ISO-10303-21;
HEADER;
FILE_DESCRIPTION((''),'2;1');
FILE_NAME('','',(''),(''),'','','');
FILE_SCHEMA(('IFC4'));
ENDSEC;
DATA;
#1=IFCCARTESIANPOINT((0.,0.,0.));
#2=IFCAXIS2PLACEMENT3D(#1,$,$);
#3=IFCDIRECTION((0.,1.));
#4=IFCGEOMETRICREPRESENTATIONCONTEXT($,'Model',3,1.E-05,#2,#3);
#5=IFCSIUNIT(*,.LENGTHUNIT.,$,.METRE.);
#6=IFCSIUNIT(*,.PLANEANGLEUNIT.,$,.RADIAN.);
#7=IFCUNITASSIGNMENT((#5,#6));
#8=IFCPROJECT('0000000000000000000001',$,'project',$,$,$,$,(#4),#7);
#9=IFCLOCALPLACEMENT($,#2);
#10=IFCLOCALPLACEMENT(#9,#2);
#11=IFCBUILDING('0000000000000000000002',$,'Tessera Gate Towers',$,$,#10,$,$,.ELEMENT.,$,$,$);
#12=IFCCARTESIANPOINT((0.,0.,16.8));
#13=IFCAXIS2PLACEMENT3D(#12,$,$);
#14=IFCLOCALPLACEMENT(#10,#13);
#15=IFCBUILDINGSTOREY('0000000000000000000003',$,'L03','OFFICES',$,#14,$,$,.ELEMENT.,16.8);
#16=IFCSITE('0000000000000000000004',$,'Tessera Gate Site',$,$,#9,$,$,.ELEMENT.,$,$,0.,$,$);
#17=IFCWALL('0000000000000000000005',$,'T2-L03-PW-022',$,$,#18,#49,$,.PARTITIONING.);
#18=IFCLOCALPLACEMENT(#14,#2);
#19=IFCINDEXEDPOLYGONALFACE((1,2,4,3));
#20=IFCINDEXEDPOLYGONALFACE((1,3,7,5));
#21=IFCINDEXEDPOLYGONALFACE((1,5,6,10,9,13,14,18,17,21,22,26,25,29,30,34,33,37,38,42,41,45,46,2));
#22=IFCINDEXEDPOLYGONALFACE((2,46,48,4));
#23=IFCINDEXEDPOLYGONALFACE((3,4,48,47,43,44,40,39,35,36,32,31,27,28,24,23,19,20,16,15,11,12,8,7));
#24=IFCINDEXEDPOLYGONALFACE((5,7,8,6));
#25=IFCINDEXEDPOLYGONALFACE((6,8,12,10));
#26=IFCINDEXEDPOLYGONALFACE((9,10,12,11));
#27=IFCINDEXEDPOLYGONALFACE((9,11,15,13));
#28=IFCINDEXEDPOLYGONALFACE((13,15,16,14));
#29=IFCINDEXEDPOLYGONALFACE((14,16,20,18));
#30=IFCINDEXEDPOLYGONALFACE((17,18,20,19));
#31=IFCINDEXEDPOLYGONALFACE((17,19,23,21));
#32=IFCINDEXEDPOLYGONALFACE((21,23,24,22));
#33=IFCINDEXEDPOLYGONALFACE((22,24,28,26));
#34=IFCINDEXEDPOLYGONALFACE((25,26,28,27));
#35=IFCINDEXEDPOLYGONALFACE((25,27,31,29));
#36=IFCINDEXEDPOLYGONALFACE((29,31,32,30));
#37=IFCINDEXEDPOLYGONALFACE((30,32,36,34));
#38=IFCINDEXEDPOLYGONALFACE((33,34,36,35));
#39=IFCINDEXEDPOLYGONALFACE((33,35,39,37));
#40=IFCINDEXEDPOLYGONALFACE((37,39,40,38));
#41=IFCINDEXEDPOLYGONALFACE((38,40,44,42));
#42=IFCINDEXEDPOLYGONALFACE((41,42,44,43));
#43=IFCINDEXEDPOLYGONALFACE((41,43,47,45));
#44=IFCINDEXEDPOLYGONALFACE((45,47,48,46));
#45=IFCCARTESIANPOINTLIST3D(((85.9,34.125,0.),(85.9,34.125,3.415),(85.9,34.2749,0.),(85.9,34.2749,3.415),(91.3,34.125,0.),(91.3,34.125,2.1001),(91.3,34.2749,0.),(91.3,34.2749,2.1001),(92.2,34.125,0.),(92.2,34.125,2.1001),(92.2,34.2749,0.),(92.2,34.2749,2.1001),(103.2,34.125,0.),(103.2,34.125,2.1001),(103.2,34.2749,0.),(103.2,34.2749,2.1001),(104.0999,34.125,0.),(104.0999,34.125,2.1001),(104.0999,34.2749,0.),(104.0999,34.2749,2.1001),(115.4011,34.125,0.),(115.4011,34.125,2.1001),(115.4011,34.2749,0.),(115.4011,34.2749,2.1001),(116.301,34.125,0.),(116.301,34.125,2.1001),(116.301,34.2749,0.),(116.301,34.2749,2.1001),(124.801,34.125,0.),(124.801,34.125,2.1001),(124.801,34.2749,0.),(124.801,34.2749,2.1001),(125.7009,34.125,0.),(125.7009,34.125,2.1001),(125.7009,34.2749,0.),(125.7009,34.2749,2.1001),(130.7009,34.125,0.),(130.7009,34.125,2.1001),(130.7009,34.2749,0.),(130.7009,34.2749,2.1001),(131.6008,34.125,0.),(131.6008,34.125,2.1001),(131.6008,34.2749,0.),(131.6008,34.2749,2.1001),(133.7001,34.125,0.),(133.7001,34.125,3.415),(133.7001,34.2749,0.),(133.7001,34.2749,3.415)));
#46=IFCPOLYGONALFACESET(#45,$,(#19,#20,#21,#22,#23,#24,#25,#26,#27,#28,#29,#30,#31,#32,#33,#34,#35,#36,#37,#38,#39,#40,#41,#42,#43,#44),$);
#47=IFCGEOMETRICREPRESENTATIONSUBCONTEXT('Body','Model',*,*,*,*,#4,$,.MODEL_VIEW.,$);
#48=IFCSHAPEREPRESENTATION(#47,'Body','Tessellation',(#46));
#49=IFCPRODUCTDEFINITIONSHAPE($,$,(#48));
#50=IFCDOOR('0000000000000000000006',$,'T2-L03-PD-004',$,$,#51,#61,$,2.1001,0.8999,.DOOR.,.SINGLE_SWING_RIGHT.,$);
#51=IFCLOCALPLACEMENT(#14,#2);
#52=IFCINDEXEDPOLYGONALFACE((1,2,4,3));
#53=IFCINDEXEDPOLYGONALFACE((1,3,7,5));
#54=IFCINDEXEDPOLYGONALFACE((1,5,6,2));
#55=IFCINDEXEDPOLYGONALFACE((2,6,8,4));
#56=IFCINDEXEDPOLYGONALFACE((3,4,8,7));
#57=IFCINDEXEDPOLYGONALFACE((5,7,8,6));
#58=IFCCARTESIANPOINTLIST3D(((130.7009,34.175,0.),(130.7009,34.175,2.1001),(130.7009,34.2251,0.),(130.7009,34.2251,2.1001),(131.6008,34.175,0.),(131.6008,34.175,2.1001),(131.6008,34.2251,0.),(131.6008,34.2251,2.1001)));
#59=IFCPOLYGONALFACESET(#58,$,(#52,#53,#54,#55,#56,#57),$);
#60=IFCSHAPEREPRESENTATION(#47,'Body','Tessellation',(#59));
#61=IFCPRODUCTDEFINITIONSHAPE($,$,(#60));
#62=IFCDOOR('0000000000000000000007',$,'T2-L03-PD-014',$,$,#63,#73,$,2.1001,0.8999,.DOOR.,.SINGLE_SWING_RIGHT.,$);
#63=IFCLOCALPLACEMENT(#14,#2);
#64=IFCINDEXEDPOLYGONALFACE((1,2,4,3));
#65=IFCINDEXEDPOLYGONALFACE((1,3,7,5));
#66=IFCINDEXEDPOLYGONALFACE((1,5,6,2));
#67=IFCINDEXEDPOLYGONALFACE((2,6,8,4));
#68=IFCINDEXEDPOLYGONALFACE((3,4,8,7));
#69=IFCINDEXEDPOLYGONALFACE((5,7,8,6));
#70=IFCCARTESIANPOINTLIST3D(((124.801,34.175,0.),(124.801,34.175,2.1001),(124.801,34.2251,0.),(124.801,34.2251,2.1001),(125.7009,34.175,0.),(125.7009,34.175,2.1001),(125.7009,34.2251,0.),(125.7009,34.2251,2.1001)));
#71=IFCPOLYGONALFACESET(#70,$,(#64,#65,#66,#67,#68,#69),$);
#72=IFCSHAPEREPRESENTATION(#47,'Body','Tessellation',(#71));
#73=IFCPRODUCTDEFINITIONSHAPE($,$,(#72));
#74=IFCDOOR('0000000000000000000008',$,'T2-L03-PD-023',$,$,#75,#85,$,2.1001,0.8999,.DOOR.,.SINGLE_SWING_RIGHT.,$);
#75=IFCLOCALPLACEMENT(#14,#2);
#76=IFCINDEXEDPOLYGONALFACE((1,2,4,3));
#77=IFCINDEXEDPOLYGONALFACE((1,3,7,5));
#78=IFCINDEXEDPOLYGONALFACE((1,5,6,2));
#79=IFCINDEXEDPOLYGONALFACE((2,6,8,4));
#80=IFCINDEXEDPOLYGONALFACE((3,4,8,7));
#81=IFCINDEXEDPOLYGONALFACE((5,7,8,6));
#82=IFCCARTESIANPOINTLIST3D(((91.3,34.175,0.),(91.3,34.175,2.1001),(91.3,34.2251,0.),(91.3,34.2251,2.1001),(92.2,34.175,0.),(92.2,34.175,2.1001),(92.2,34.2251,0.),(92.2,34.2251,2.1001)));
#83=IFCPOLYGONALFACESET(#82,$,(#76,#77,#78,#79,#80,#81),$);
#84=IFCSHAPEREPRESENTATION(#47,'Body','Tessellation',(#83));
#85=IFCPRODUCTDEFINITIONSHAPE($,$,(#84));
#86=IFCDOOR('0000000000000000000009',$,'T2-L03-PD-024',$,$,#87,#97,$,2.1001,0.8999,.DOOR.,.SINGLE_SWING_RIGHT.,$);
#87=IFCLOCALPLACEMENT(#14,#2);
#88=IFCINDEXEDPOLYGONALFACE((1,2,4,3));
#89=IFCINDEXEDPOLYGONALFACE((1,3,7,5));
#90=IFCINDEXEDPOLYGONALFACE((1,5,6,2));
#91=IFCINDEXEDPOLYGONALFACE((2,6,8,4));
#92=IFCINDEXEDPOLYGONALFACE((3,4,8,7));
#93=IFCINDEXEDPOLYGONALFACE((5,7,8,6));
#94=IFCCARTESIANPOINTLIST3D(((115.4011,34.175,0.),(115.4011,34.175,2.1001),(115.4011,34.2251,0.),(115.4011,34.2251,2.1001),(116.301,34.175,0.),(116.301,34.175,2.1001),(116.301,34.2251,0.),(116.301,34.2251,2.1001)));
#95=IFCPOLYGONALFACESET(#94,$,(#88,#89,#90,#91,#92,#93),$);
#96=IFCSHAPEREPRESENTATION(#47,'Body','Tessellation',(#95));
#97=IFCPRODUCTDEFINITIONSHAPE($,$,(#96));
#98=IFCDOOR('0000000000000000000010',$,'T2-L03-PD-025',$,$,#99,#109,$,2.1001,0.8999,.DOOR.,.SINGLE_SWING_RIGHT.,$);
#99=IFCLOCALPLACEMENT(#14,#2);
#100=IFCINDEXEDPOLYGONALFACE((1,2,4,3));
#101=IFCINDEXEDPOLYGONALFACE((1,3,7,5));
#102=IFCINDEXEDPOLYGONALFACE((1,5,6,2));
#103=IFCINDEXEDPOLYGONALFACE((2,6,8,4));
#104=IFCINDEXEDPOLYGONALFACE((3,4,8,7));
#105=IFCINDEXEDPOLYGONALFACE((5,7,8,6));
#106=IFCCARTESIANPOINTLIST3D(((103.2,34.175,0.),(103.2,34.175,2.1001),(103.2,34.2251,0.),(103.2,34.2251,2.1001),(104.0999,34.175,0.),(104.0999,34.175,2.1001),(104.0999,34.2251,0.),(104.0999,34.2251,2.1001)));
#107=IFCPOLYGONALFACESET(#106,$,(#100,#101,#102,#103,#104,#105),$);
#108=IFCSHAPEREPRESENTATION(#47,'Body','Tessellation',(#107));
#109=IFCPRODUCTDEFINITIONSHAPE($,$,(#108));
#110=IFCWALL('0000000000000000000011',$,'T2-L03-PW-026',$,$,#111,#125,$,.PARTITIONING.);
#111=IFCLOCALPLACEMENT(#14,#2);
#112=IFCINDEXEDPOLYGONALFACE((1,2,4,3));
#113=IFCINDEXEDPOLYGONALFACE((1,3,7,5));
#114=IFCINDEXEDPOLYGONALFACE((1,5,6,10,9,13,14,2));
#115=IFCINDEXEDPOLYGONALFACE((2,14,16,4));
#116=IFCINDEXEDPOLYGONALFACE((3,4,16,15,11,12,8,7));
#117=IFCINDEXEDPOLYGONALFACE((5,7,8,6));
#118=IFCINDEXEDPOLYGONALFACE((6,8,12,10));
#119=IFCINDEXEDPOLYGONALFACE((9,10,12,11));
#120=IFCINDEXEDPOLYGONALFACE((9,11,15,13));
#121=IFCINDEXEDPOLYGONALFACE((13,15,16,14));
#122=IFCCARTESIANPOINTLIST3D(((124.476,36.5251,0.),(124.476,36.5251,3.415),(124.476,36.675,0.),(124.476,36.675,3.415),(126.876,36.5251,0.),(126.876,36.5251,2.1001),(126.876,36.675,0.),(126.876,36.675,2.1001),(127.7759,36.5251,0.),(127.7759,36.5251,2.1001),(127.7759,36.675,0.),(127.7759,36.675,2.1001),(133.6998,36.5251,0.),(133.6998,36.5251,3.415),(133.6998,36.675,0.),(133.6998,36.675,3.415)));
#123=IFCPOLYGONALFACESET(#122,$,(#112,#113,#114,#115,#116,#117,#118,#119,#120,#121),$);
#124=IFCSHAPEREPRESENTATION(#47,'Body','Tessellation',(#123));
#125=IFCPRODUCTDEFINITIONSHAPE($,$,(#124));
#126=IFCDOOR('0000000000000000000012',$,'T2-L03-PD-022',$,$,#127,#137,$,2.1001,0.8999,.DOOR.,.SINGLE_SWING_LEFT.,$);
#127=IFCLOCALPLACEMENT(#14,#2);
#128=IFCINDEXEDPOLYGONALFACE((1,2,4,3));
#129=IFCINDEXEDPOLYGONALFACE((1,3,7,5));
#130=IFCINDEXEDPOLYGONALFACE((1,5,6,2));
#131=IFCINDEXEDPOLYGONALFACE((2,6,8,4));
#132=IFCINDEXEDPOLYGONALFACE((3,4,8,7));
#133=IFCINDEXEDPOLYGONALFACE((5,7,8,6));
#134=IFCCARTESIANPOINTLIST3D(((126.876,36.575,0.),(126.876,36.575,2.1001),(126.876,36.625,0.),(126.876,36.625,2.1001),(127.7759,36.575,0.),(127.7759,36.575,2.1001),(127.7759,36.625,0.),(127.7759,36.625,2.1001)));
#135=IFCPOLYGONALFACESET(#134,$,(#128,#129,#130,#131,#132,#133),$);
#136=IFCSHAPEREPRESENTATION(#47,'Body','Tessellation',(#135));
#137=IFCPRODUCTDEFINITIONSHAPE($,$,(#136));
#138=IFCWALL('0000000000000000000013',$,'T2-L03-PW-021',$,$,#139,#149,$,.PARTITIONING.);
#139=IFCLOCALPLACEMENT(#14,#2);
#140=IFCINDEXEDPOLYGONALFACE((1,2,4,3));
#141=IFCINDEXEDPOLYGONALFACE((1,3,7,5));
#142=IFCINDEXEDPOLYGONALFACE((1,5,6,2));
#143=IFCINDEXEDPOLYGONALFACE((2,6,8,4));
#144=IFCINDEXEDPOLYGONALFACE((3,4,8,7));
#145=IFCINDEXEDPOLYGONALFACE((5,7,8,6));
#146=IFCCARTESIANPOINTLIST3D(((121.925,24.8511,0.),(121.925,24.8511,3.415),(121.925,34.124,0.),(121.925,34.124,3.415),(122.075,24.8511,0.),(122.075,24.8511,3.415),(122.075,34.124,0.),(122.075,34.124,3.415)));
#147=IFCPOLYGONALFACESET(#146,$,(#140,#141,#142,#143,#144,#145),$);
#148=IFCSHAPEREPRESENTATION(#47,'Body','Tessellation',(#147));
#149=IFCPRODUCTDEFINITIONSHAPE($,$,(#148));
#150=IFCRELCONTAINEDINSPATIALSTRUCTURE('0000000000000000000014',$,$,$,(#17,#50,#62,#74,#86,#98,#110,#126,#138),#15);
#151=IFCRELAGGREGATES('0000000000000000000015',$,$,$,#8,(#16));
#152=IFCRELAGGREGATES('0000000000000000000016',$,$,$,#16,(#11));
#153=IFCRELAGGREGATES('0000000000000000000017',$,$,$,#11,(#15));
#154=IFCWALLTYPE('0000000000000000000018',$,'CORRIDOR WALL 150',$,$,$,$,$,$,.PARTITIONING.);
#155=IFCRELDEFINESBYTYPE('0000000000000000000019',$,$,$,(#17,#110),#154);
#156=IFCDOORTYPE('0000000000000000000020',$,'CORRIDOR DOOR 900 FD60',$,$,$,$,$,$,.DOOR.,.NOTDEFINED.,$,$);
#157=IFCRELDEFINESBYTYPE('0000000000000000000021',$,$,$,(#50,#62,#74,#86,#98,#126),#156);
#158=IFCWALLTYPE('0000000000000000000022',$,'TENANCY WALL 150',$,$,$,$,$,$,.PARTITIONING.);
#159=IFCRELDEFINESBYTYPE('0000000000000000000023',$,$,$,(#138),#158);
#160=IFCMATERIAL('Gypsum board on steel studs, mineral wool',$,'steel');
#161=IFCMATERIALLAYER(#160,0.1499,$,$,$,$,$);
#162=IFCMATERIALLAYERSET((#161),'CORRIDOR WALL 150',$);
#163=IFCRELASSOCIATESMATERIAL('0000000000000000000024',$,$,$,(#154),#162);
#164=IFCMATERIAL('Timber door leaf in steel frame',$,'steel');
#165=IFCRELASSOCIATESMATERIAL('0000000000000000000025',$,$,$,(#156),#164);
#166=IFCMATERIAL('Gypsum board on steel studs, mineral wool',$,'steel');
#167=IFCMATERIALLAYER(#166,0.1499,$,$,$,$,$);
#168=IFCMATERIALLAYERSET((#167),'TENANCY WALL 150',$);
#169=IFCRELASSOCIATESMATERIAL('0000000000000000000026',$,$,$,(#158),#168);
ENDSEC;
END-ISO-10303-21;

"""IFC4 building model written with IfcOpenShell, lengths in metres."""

from ifc_helpers import new_model, si_unit, direction, frame, frame_2d, origin, place, context, subcontext, project, spatial, rectangle, extrude, source, transform, mapped, material, layer, layer_set, type_object, element, fill, save


model = new_model("IFC4")

# Units and contexts
model_context = context("Model", 3, precision=1e-05, world=origin(), true_north=direction((0.0, 1.0)))
body_context = subcontext(model_context, "Body", "Model", "MODEL_VIEW")
ifc_project = project(units=[si_unit("LENGTHUNIT", "METRE"), si_unit("PLANEANGLEUNIT", "RADIAN")], contexts=[model_context])

# Site, building, storey
site_placement = place(None, origin())
site = spatial("IfcSite", under=ifc_project, at=site_placement, Name="Tessera Gate Site", CompositionType="ELEMENT", RefElevation=0.0)
building_placement = place(site_placement, origin())
building = spatial("IfcBuilding", under=site, at=building_placement, Name="Tessera Gate Towers", CompositionType="ELEMENT")
storey_placement = place(building_placement, frame((0.0, 0.0, 16.8)))
storey = spatial("IfcBuildingStorey", under=building, at=storey_placement, Name="L03", Description="OFFICES", CompositionType="ELEMENT", Elevation=16.8)

# Wall, openings, doors
ifc_material_1 = material(Name="Gypsum board on steel studs, mineral wool", Category="steel")
ifc_layer_1 = layer(ifc_material_1, 0.1499)
ifc_layer_set_1 = layer_set([ifc_layer_1], Name="CORRIDOR WALL 150")
wall_type_1 = type_object("IfcWallType", Name="CORRIDOR WALL 150", PredefinedType="PARTITIONING", material=ifc_layer_set_1)
wall_1_placement = place(storey_placement, frame((133.7, 34.2, 0.0), z_axis=(0.0, 0.0, 1.0), x_axis=(-1.0, 0.0, 0.0)))
wall_1 = element("IfcWall", 1, at=wall_1_placement, inside=storey, type_object=wall_type_1, Name="T2-L03-PW-022", PredefinedType="PARTITIONING", context=body_context, shape_type="SweptSolid", body=[
    extrude(rectangle(XDim=47.8, YDim=0.1499, at=frame_2d((23.8999, 0.0))), origin(), (0.0, 0.0, 1.0), 3.415),
])
shared_shape_1 = source(origin(), body_context, "Body", "SweptSolid", [
    extrude(rectangle(XDim=0.8999, YDim=2.1001, at=frame_2d((0.45, 1.05))), frame((0.0, 0.085, 0.0), z_axis=(0.0, -1.0, 0.0), x_axis=(1.0, 0.0, 0.0)), (0.0, 0.0, 1.0), 0.1699),
])
opening_1_placement = place(wall_1_placement, frame((2.0991, 0.0, 0.0)))
opening_1 = element("IfcOpeningElement", 2, at=opening_1_placement, cuts=wall_1, PredefinedType="OPENING", context=body_context, shape_type="MappedRepresentation", body=[
    mapped(shared_shape_1, transform((0.0, 0.0, 0.0), scale=1.0)),
])
opening_2_placement = place(wall_1_placement, frame((7.999, 0.0, 0.0)))
opening_2 = element("IfcOpeningElement", 3, at=opening_2_placement, cuts=wall_1, PredefinedType="OPENING", context=body_context, shape_type="MappedRepresentation", body=[
    mapped(shared_shape_1, transform((0.0, 0.0, 0.0), scale=1.0)),
])
opening_3_placement = place(wall_1_placement, frame((41.5, 0.0, 0.0)))
opening_3 = element("IfcOpeningElement", 4, at=opening_3_placement, cuts=wall_1, PredefinedType="OPENING", context=body_context, shape_type="MappedRepresentation", body=[
    mapped(shared_shape_1, transform((0.0, 0.0, 0.0), scale=1.0)),
])
opening_4_placement = place(wall_1_placement, frame((17.3989, 0.0, 0.0)))
opening_4 = element("IfcOpeningElement", 5, at=opening_4_placement, cuts=wall_1, PredefinedType="OPENING", context=body_context, shape_type="MappedRepresentation", body=[
    mapped(shared_shape_1, transform((0.0, 0.0, 0.0), scale=1.0)),
])
opening_5_placement = place(wall_1_placement, frame((29.6001, 0.0, 0.0)))
opening_5 = element("IfcOpeningElement", 6, at=opening_5_placement, cuts=wall_1, PredefinedType="OPENING", context=body_context, shape_type="MappedRepresentation", body=[
    mapped(shared_shape_1, transform((0.0, 0.0, 0.0), scale=1.0)),
])
ifc_material_2 = material(Name="Timber door leaf in steel frame", Category="steel")
door_type = type_object("IfcDoorType", Name="CORRIDOR DOOR 900 FD60", OperationType="NOTDEFINED", PredefinedType="DOOR", material=ifc_material_2)
shared_shape_2 = source(origin(), body_context, "Body", "SweptSolid", [
    extrude(rectangle(XDim=0.8999, YDim=2.1001, at=frame_2d((0.45, 1.05))), frame((0.0, 0.0249, 0.0), z_axis=(0.0, -1.0, 0.0), x_axis=(1.0, 0.0, 0.0)), (0.0, 0.0, 1.0), 0.05),
])
door_1_placement = place(opening_1_placement, origin())
door_1 = element("IfcDoor", 7, at=door_1_placement, inside=storey, type_object=door_type, Name="T2-L03-PD-004", OperationType="SINGLE_SWING_RIGHT", OverallHeight=2.1001, OverallWidth=0.8999, PredefinedType="DOOR", context=body_context, shape_type="MappedRepresentation", body=[
    mapped(shared_shape_2, transform((0.0, 0.0, 0.0), scale=1.0)),
])
fill(opening_1, door_1)
door_2_placement = place(opening_2_placement, origin())
door_2 = element("IfcDoor", 8, at=door_2_placement, inside=storey, type_object=door_type, Name="T2-L03-PD-014", OperationType="SINGLE_SWING_RIGHT", OverallHeight=2.1001, OverallWidth=0.8999, PredefinedType="DOOR", context=body_context, shape_type="MappedRepresentation", body=[
    mapped(shared_shape_2, transform((0.0, 0.0, 0.0), scale=1.0)),
])
fill(opening_2, door_2)
door_3_placement = place(opening_3_placement, origin())
door_3 = element("IfcDoor", 9, at=door_3_placement, inside=storey, type_object=door_type, Name="T2-L03-PD-023", OperationType="SINGLE_SWING_RIGHT", OverallHeight=2.1001, OverallWidth=0.8999, PredefinedType="DOOR", context=body_context, shape_type="MappedRepresentation", body=[
    mapped(shared_shape_2, transform((0.0, 0.0, 0.0), scale=1.0)),
])
fill(opening_3, door_3)
door_4_placement = place(opening_4_placement, origin())
door_4 = element("IfcDoor", 10, at=door_4_placement, inside=storey, type_object=door_type, Name="T2-L03-PD-024", OperationType="SINGLE_SWING_RIGHT", OverallHeight=2.1001, OverallWidth=0.8999, PredefinedType="DOOR", context=body_context, shape_type="MappedRepresentation", body=[
    mapped(shared_shape_2, transform((0.0, 0.0, 0.0), scale=1.0)),
])
fill(opening_4, door_4)
door_5_placement = place(opening_5_placement, origin())
door_5 = element("IfcDoor", 11, at=door_5_placement, inside=storey, type_object=door_type, Name="T2-L03-PD-025", OperationType="SINGLE_SWING_RIGHT", OverallHeight=2.1001, OverallWidth=0.8999, PredefinedType="DOOR", context=body_context, shape_type="MappedRepresentation", body=[
    mapped(shared_shape_2, transform((0.0, 0.0, 0.0), scale=1.0)),
])
fill(opening_5, door_5)

# Wall, opening, door
wall_2_placement = place(storey_placement, frame((124.4761, 36.6001, 0.0), z_axis=(0.0, 0.0, 1.0), x_axis=(1.0, 0.0, 0.0)))
wall_2 = element("IfcWall", 12, at=wall_2_placement, inside=storey, type_object=wall_type_1, Name="T2-L03-PW-026", PredefinedType="PARTITIONING", context=body_context, shape_type="SweptSolid", body=[
    extrude(rectangle(XDim=9.2239, YDim=0.1499, at=frame_2d((4.6118, 0.0))), origin(), (0.0, 0.0, 1.0), 3.415),
])
opening_6_placement = place(wall_2_placement, frame((2.3999, 0.0, 0.0)))
opening_6 = element("IfcOpeningElement", 13, at=opening_6_placement, cuts=wall_2, PredefinedType="OPENING", context=body_context, shape_type="MappedRepresentation", body=[
    mapped(shared_shape_1, transform((0.0, 0.0, 0.0), scale=1.0)),
])
door_6_placement = place(opening_6_placement, origin())
door_6 = element("IfcDoor", 14, at=door_6_placement, inside=storey, type_object=door_type, Name="T2-L03-PD-022", OperationType="SINGLE_SWING_LEFT", OverallHeight=2.1001, OverallWidth=0.8999, PredefinedType="DOOR", context=body_context, shape_type="MappedRepresentation", body=[
    mapped(shared_shape_2, transform((0.0, 0.0, 0.0), scale=1.0)),
])
fill(opening_6, door_6)

# Wall
ifc_material_3 = material(Name="Gypsum board on steel studs, mineral wool", Category="steel")
ifc_layer_2 = layer(ifc_material_3, 0.1499)
ifc_layer_set_2 = layer_set([ifc_layer_2], Name="TENANCY WALL 150")
wall_type_2 = type_object("IfcWallType", Name="TENANCY WALL 150", PredefinedType="PARTITIONING", material=ifc_layer_set_2)
wall_3_placement = place(storey_placement, frame((122.0, 24.8511, 0.0), z_axis=(0.0, 0.0, 1.0), x_axis=(0.0, 1.0, 0.0)))
element("IfcWall", 15, at=wall_3_placement, inside=storey, type_object=wall_type_2, Name="T2-L03-PW-021", PredefinedType="PARTITIONING", context=body_context, shape_type="SweptSolid", body=[
    extrude(rectangle(XDim=9.2729, YDim=0.1499, at=frame_2d((4.6365, 0.0))), origin(), (0.0, 0.0, 1.0), 3.415),
])

save(model, "model.ifc")
